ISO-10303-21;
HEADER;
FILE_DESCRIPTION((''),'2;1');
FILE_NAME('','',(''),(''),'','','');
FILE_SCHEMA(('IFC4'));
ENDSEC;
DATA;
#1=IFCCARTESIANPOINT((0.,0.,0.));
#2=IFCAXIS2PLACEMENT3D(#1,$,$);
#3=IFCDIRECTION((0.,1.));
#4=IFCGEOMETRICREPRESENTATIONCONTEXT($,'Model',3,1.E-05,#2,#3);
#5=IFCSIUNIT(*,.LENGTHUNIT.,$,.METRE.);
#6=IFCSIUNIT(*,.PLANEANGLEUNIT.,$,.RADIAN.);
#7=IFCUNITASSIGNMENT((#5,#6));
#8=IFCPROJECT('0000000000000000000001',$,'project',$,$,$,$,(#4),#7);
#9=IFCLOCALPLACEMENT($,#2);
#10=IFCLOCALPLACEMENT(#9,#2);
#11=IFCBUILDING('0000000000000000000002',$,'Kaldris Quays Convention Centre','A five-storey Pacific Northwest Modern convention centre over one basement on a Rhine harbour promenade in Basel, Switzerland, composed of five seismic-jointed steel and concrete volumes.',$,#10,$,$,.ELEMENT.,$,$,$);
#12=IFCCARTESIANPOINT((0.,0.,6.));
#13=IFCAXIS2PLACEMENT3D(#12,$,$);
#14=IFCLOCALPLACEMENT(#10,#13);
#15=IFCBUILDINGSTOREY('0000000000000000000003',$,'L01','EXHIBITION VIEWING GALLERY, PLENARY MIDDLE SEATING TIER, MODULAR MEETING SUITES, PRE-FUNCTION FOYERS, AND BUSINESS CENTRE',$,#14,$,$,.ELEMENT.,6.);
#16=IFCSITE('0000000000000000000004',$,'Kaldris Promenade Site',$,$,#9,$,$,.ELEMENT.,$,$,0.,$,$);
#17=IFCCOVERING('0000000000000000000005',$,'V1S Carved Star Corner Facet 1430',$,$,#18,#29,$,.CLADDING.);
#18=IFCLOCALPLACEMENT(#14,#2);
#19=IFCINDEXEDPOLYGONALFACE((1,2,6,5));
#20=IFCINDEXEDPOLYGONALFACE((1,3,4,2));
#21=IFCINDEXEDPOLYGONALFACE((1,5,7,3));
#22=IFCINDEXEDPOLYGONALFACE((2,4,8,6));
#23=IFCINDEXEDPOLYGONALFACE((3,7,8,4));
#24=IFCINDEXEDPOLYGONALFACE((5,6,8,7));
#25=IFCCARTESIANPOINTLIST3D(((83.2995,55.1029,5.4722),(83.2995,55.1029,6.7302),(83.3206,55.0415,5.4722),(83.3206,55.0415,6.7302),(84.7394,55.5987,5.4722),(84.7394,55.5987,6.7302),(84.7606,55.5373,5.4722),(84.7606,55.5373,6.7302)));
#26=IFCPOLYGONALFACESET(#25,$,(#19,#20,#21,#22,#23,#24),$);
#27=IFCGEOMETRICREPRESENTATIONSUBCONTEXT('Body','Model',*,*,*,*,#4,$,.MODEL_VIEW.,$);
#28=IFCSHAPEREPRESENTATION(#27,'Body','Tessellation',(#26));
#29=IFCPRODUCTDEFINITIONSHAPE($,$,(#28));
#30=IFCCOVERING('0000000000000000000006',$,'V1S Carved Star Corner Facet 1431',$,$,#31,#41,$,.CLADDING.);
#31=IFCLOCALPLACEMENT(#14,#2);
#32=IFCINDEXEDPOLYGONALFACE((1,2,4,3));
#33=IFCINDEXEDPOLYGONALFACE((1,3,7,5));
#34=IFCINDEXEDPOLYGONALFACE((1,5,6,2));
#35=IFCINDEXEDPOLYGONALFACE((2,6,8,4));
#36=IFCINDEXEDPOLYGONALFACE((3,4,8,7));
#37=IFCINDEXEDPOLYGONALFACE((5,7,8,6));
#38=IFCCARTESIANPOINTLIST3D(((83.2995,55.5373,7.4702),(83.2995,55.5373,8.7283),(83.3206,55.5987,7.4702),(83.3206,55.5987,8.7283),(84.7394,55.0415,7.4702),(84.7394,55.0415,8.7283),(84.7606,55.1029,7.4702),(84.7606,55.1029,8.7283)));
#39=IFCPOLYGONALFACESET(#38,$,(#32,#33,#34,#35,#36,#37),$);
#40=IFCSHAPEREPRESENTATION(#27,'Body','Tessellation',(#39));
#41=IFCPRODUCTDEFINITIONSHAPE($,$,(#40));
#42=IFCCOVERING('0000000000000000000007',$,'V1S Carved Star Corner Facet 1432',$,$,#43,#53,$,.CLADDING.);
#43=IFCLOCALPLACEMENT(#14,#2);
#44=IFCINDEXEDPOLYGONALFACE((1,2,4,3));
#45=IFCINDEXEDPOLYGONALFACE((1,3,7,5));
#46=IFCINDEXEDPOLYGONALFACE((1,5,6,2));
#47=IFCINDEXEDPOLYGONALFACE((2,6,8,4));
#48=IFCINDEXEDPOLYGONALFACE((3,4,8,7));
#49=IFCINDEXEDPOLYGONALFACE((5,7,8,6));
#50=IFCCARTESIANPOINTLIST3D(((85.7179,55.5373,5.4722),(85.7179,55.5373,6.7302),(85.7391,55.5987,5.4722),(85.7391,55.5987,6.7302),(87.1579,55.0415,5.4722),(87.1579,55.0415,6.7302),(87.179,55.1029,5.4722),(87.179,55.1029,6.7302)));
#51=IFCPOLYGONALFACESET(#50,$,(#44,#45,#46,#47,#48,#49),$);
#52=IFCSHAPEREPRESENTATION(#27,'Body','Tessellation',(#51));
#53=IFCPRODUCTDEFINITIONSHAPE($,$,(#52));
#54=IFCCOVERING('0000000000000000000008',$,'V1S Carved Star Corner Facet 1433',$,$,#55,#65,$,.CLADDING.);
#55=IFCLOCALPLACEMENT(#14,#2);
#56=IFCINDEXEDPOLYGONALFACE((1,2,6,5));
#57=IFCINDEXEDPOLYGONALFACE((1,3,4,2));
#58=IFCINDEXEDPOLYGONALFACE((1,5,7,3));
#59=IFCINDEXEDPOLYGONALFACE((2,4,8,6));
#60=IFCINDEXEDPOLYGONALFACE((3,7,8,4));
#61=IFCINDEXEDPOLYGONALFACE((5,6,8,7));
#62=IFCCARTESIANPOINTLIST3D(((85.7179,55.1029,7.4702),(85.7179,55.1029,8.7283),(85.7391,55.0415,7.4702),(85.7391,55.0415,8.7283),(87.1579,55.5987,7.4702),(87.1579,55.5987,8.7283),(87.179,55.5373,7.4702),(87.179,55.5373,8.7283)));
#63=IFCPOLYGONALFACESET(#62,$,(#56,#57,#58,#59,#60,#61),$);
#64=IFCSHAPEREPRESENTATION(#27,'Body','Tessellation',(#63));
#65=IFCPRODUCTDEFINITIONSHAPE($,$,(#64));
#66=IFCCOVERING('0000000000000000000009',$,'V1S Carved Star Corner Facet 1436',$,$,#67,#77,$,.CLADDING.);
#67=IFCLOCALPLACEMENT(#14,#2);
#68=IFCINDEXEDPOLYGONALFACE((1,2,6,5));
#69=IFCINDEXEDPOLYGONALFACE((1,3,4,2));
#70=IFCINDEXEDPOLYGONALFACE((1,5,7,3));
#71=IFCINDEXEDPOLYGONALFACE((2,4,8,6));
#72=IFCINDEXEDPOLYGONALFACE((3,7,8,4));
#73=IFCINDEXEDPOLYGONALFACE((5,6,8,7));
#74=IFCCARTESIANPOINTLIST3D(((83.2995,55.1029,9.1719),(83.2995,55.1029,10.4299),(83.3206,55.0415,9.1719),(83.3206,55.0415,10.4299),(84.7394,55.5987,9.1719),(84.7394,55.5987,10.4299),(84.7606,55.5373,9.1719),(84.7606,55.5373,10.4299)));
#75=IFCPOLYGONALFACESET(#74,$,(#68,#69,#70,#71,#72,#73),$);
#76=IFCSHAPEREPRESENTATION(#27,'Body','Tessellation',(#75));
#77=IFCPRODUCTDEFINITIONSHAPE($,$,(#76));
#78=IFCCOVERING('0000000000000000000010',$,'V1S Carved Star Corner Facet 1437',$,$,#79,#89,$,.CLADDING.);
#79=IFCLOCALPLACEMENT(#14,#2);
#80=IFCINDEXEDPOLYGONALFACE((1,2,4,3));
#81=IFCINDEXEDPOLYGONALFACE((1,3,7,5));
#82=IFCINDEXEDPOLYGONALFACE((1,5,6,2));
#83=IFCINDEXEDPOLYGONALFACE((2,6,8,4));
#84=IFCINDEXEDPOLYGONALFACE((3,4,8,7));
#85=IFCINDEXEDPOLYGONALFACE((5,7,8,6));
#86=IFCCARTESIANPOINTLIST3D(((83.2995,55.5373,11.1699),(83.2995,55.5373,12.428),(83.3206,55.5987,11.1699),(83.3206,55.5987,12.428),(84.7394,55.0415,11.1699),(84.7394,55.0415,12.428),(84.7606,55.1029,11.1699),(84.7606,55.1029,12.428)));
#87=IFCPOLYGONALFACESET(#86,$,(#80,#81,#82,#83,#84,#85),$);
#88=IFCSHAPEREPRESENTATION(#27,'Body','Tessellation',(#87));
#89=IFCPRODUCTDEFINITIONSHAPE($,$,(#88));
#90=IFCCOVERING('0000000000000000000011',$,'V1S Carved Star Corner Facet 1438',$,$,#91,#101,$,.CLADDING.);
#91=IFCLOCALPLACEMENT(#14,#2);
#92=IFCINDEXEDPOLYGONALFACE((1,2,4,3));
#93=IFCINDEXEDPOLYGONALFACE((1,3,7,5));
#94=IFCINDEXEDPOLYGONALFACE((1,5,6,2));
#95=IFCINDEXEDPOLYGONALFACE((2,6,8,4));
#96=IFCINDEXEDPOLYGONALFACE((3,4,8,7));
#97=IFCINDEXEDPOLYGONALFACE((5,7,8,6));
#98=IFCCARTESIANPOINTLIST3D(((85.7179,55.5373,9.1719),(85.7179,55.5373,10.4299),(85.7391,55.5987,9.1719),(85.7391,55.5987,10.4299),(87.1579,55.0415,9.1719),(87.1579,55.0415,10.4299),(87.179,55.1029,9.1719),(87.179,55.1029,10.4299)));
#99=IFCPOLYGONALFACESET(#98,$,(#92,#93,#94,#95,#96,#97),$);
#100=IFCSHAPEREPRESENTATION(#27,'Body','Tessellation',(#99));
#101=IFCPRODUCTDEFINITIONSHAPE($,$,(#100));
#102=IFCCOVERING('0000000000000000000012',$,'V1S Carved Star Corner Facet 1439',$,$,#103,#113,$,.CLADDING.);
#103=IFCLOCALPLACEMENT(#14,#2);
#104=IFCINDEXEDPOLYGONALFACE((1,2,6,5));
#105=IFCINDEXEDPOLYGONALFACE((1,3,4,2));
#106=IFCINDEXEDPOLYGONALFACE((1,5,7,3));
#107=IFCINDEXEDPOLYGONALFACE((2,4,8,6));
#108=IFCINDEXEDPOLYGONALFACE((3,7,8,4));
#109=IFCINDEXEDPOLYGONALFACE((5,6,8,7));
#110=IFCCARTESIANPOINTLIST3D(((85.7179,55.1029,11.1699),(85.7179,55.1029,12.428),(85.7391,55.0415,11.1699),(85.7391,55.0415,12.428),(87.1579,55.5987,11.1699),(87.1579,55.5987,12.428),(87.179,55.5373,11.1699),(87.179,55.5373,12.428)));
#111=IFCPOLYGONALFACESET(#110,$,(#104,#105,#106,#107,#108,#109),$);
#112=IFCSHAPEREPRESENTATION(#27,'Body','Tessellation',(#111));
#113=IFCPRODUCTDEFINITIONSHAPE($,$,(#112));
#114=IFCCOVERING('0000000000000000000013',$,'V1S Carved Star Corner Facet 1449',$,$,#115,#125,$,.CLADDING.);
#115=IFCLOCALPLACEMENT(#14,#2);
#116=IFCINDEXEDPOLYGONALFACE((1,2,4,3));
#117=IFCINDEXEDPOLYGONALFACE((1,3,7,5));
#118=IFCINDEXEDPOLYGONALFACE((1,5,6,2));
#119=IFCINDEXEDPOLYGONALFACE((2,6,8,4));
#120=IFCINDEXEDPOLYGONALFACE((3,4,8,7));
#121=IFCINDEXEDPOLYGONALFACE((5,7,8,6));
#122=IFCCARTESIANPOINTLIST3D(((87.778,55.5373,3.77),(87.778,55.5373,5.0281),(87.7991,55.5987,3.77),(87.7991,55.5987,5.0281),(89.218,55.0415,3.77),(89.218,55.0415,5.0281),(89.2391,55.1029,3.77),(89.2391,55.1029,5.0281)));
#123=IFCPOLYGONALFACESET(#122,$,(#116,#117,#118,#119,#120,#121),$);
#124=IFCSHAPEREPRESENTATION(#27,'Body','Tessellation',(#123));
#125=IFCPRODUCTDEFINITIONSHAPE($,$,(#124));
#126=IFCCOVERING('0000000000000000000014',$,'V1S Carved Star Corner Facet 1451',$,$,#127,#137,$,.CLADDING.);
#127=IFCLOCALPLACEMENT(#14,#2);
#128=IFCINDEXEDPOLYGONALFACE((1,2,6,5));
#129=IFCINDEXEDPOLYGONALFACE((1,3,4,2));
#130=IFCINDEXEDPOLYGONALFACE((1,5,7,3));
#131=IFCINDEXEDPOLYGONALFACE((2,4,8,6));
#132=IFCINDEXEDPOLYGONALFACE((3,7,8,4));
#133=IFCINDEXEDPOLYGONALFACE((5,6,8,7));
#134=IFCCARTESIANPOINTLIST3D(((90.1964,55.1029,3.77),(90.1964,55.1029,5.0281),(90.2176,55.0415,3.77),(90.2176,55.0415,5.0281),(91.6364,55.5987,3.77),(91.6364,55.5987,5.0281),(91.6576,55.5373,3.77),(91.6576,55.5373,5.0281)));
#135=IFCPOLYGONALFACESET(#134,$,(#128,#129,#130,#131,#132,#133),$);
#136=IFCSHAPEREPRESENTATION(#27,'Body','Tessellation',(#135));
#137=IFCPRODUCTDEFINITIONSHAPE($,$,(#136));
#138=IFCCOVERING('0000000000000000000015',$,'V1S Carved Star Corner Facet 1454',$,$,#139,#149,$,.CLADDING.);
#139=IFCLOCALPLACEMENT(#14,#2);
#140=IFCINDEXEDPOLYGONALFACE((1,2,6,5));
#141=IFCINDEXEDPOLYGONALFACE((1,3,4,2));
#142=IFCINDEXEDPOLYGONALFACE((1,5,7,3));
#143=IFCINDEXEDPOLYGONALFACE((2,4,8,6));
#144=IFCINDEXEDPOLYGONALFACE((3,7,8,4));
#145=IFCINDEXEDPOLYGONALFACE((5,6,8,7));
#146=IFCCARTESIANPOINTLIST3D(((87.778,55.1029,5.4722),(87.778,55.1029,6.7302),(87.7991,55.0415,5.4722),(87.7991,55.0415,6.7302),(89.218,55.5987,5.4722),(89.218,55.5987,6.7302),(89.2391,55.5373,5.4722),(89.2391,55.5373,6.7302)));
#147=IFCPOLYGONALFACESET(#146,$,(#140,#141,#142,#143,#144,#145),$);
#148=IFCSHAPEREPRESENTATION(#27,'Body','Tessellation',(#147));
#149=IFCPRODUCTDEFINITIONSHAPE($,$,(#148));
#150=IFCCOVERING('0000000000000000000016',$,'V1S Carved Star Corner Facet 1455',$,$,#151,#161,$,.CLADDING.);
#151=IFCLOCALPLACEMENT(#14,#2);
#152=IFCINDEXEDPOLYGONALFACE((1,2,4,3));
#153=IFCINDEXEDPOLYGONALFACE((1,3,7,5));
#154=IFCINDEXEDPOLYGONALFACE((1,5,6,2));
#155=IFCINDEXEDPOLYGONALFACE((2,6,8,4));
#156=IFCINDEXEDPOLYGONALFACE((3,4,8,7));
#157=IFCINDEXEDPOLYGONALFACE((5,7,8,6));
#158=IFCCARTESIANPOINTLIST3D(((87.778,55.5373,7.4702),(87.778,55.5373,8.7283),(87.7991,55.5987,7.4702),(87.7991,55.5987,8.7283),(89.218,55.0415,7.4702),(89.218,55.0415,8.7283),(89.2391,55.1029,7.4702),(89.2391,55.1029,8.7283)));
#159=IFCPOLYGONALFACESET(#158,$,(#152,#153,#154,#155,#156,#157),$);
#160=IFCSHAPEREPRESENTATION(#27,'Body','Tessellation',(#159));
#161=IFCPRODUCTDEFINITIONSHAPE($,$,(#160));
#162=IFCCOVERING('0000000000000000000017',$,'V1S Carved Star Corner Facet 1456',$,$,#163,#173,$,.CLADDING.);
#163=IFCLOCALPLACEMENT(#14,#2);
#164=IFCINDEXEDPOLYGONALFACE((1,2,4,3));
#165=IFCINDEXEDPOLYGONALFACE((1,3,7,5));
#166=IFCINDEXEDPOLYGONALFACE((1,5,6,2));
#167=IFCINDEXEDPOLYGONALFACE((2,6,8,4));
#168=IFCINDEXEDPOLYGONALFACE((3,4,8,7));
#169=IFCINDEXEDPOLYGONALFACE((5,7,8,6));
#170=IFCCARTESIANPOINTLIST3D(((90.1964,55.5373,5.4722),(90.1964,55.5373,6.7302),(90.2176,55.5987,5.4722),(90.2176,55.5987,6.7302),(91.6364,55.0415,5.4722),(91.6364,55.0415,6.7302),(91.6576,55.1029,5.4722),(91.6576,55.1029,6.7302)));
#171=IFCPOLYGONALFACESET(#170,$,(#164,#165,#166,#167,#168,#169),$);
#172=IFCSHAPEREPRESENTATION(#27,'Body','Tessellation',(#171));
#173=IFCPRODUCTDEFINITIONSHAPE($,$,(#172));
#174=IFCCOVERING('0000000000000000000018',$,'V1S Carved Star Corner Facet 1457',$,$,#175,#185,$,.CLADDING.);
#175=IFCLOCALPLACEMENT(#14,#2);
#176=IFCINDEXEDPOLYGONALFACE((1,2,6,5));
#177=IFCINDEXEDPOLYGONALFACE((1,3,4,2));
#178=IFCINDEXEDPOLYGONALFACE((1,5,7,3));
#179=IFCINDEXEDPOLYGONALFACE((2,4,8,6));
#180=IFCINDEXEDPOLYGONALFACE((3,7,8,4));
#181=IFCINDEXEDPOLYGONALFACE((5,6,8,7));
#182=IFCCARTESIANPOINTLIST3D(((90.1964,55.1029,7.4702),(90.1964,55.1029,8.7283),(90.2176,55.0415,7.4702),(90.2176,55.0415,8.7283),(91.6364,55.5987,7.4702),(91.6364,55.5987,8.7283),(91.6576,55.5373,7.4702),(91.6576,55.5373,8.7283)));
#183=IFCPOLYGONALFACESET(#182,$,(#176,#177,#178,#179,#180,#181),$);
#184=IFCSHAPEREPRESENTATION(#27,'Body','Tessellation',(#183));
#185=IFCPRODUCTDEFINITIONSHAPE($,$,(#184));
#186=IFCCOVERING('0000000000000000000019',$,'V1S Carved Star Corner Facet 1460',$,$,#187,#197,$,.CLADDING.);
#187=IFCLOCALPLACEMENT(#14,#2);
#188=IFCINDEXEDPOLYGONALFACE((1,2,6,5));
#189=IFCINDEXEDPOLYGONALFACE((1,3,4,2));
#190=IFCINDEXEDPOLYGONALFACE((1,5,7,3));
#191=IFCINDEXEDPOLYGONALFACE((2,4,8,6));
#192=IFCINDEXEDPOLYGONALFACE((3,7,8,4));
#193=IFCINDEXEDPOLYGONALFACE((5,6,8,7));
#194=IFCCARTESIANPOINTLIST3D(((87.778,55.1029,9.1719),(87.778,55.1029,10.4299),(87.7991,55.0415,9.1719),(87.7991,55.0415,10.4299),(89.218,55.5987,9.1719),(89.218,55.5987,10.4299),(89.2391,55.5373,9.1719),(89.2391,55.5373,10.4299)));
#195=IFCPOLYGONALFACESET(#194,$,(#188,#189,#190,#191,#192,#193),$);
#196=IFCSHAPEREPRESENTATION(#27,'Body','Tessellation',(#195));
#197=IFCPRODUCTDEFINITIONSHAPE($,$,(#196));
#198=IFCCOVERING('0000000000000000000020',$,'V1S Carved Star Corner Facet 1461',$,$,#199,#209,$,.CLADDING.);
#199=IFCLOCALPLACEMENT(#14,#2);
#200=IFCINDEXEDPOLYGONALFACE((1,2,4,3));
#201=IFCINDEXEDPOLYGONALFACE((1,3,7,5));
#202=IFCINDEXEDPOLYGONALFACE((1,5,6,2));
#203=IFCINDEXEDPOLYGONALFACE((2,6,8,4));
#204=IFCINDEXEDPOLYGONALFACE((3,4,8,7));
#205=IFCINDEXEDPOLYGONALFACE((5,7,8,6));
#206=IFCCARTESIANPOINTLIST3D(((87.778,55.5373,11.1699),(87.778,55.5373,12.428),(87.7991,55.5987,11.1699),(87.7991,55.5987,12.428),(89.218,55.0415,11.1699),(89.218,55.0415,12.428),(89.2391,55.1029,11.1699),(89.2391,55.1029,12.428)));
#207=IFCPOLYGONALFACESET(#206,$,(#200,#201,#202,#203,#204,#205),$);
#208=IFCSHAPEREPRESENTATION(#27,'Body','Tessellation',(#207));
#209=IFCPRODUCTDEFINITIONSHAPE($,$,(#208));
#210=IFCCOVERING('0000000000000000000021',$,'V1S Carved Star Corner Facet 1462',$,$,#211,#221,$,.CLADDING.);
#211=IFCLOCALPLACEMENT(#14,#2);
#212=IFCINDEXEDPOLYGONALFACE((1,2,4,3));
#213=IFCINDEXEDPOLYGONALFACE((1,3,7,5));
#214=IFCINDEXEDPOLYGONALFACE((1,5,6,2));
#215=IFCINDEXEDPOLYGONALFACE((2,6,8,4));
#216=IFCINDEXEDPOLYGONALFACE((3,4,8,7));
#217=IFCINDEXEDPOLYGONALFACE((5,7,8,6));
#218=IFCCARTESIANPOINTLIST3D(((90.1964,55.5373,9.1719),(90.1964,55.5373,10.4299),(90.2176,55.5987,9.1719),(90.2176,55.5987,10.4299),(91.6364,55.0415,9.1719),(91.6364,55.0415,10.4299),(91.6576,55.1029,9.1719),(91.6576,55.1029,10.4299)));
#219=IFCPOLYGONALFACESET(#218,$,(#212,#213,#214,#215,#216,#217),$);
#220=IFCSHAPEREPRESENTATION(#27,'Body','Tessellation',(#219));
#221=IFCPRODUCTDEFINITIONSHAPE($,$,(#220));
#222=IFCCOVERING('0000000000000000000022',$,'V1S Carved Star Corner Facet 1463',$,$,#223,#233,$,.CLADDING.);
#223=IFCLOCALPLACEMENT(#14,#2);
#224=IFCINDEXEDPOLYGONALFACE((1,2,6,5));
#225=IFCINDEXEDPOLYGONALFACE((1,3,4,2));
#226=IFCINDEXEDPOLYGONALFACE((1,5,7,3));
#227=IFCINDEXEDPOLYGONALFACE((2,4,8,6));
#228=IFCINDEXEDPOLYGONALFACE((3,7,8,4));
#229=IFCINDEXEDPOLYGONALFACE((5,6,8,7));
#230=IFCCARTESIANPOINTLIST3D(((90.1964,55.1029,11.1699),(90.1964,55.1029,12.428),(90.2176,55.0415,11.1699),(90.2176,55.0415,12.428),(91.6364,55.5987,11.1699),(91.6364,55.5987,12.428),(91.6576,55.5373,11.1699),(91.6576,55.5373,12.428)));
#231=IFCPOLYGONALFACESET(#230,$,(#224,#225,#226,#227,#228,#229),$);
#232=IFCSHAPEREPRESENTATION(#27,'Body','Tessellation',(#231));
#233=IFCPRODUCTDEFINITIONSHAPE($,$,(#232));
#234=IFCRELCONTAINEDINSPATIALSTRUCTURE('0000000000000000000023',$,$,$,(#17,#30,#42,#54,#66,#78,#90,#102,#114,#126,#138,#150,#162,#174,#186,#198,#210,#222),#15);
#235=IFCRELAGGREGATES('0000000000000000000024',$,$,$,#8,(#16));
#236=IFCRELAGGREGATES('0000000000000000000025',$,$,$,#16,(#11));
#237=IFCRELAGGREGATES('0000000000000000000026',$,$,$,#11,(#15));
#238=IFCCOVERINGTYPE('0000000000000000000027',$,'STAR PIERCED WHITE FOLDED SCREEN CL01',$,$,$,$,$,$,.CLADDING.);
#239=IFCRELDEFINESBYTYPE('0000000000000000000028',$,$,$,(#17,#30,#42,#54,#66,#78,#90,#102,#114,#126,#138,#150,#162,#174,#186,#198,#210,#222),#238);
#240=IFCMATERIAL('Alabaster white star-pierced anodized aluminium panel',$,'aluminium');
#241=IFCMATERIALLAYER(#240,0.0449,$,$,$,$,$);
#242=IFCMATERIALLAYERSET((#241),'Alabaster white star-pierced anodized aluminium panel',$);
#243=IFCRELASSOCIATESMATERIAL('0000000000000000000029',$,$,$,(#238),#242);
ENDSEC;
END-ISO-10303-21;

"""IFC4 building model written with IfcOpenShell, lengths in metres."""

from ifc_helpers import new_model, si_unit, direction, frame, origin, origin_2d, place, context, subcontext, project, spatial, rectangle, extrude, material, layer, layer_set, type_object, element, save


model = new_model("IFC4")

# Units and contexts
model_context = context("Model", 3, precision=1e-05, world=origin(), true_north=direction((0.0, 1.0)))
body_context = subcontext(model_context, "Body", "Model", "MODEL_VIEW")
ifc_project = project(units=[si_unit("LENGTHUNIT", "METRE"), si_unit("PLANEANGLEUNIT", "RADIAN")], contexts=[model_context])

# Site, building, storey
site_placement = place(None, origin())
site = spatial("IfcSite", under=ifc_project, at=site_placement, Name="Kaldris Promenade Site", CompositionType="ELEMENT", RefElevation=0.0)
building_placement = place(site_placement, origin())
building = spatial("IfcBuilding", under=site, at=building_placement, Name="Kaldris Quays Convention Centre", Description="A five-storey Pacific Northwest Modern convention centre over one basement on a Rhine harbour promenade in Basel, Switzerland, composed of five seismic-jointed steel and concrete volumes.", CompositionType="ELEMENT")
storey_placement = place(building_placement, frame((0.0, 0.0, 6.0)))
storey = spatial("IfcBuildingStorey", under=building, at=storey_placement, Name="L01", Description="EXHIBITION VIEWING GALLERY, PLENARY MIDDLE SEATING TIER, MODULAR MEETING SUITES, PRE-FUNCTION FOYERS, AND BUSINESS CENTRE", CompositionType="ELEMENT", Elevation=6.0)

# Coverings
ifc_material_1 = material(Name="Alabaster white star-pierced anodized aluminium panel", Category="aluminium")
ifc_layer = layer(ifc_material_1, 0.0449)
ifc_layer_set = layer_set([ifc_layer], Name="Alabaster white star-pierced anodized aluminium panel")
covering_type = type_object("IfcCoveringType", Name="STAR PIERCED WHITE FOLDED SCREEN CL01", PredefinedType="CLADDING", material=ifc_layer_set)
for number, where, z_axis, x_axis, name in (
    (1, (84.03, 55.3201, 5.4722), (0.0, 0.0, 1.0), (0.945519, 0.325568, 0.0), "V1S Carved Star Corner Facet 1430"),
    (2, (84.03, 55.3201, 7.4702), (0.0, 0.0, 1.0), (0.945519, -0.325568, 0.0), "V1S Carved Star Corner Facet 1431"),
    (3, (86.4485, 55.3201, 5.4722), (0.0, 0.0, 1.0), (0.945519, -0.325568, 0.0), "V1S Carved Star Corner Facet 1432"),
    (4, (86.4485, 55.3201, 7.4702), (0.0, 0.0, 1.0), (0.945519, 0.325568, 0.0), "V1S Carved Star Corner Facet 1433"),
    (5, (84.03, 55.3201, 9.1719), (0.0, 0.0, 1.0), (0.945519, 0.325568, 0.0), "V1S Carved Star Corner Facet 1436"),
    (6, (84.03, 55.3201, 11.1699), (0.0, 0.0, 1.0), (0.945519, -0.325568, 0.0), "V1S Carved Star Corner Facet 1437"),
    (7, (86.4485, 55.3201, 9.1719), (0.0, 0.0, 1.0), (0.945519, -0.325568, 0.0), "V1S Carved Star Corner Facet 1438"),
    (8, (86.4485, 55.3201, 11.1699), (0.0, 0.0, 1.0), (0.945519, 0.325568, 0.0), "V1S Carved Star Corner Facet 1439"),
    (9, (88.5085, 55.3201, 3.77), (0.0, 0.0, 1.0), (0.945519, -0.325568, 0.0), "V1S Carved Star Corner Facet 1449"),
    (10, (90.927, 55.3201, 3.77), (0.0, 0.0, 1.0), (0.945519, 0.325568, 0.0), "V1S Carved Star Corner Facet 1451"),
    (11, (88.5085, 55.3201, 5.4722), (0.0, 0.0, 1.0), (0.945519, 0.325568, 0.0), "V1S Carved Star Corner Facet 1454"),
    (12, (88.5085, 55.3201, 7.4702), (0.0, 0.0, 1.0), (0.945519, -0.325568, 0.0), "V1S Carved Star Corner Facet 1455"),
    (13, (90.927, 55.3201, 5.4722), (0.0, 0.0, 1.0), (0.945519, -0.325568, 0.0), "V1S Carved Star Corner Facet 1456"),
    (14, (90.927, 55.3201, 7.4702), (0.0, 0.0, 1.0), (0.945519, 0.325568, 0.0), "V1S Carved Star Corner Facet 1457"),
    (15, (88.5085, 55.3201, 9.1719), (0.0, 0.0, 1.0), (0.945519, 0.325568, 0.0), "V1S Carved Star Corner Facet 1460"),
    (16, (88.5085, 55.3201, 11.1699), (0.0, 0.0, 1.0), (0.945519, -0.325568, 0.0), "V1S Carved Star Corner Facet 1461"),
    (17, (90.927, 55.3201, 9.1719), (0.0, 0.0, 1.0), (0.945519, -0.325568, 0.0), "V1S Carved Star Corner Facet 1462"),
    (18, (90.927, 55.3201, 11.1699), (0.0, 0.0, 1.0), (0.945519, 0.325568, 0.0), "V1S Carved Star Corner Facet 1463"),
):
    element("IfcCovering", number, at=place(storey_placement, frame(where, z_axis=z_axis, x_axis=x_axis)), inside=storey, type_object=covering_type, Name=name, PredefinedType="CLADDING", context=body_context, shape_type="SweptSolid", body=[
        extrude(rectangle(XDim=1.5229, YDim=0.0649, at=origin_2d()), origin(), (0.0, 0.0, 1.0), 1.2581),
    ])

save(model, "model.ifc")
